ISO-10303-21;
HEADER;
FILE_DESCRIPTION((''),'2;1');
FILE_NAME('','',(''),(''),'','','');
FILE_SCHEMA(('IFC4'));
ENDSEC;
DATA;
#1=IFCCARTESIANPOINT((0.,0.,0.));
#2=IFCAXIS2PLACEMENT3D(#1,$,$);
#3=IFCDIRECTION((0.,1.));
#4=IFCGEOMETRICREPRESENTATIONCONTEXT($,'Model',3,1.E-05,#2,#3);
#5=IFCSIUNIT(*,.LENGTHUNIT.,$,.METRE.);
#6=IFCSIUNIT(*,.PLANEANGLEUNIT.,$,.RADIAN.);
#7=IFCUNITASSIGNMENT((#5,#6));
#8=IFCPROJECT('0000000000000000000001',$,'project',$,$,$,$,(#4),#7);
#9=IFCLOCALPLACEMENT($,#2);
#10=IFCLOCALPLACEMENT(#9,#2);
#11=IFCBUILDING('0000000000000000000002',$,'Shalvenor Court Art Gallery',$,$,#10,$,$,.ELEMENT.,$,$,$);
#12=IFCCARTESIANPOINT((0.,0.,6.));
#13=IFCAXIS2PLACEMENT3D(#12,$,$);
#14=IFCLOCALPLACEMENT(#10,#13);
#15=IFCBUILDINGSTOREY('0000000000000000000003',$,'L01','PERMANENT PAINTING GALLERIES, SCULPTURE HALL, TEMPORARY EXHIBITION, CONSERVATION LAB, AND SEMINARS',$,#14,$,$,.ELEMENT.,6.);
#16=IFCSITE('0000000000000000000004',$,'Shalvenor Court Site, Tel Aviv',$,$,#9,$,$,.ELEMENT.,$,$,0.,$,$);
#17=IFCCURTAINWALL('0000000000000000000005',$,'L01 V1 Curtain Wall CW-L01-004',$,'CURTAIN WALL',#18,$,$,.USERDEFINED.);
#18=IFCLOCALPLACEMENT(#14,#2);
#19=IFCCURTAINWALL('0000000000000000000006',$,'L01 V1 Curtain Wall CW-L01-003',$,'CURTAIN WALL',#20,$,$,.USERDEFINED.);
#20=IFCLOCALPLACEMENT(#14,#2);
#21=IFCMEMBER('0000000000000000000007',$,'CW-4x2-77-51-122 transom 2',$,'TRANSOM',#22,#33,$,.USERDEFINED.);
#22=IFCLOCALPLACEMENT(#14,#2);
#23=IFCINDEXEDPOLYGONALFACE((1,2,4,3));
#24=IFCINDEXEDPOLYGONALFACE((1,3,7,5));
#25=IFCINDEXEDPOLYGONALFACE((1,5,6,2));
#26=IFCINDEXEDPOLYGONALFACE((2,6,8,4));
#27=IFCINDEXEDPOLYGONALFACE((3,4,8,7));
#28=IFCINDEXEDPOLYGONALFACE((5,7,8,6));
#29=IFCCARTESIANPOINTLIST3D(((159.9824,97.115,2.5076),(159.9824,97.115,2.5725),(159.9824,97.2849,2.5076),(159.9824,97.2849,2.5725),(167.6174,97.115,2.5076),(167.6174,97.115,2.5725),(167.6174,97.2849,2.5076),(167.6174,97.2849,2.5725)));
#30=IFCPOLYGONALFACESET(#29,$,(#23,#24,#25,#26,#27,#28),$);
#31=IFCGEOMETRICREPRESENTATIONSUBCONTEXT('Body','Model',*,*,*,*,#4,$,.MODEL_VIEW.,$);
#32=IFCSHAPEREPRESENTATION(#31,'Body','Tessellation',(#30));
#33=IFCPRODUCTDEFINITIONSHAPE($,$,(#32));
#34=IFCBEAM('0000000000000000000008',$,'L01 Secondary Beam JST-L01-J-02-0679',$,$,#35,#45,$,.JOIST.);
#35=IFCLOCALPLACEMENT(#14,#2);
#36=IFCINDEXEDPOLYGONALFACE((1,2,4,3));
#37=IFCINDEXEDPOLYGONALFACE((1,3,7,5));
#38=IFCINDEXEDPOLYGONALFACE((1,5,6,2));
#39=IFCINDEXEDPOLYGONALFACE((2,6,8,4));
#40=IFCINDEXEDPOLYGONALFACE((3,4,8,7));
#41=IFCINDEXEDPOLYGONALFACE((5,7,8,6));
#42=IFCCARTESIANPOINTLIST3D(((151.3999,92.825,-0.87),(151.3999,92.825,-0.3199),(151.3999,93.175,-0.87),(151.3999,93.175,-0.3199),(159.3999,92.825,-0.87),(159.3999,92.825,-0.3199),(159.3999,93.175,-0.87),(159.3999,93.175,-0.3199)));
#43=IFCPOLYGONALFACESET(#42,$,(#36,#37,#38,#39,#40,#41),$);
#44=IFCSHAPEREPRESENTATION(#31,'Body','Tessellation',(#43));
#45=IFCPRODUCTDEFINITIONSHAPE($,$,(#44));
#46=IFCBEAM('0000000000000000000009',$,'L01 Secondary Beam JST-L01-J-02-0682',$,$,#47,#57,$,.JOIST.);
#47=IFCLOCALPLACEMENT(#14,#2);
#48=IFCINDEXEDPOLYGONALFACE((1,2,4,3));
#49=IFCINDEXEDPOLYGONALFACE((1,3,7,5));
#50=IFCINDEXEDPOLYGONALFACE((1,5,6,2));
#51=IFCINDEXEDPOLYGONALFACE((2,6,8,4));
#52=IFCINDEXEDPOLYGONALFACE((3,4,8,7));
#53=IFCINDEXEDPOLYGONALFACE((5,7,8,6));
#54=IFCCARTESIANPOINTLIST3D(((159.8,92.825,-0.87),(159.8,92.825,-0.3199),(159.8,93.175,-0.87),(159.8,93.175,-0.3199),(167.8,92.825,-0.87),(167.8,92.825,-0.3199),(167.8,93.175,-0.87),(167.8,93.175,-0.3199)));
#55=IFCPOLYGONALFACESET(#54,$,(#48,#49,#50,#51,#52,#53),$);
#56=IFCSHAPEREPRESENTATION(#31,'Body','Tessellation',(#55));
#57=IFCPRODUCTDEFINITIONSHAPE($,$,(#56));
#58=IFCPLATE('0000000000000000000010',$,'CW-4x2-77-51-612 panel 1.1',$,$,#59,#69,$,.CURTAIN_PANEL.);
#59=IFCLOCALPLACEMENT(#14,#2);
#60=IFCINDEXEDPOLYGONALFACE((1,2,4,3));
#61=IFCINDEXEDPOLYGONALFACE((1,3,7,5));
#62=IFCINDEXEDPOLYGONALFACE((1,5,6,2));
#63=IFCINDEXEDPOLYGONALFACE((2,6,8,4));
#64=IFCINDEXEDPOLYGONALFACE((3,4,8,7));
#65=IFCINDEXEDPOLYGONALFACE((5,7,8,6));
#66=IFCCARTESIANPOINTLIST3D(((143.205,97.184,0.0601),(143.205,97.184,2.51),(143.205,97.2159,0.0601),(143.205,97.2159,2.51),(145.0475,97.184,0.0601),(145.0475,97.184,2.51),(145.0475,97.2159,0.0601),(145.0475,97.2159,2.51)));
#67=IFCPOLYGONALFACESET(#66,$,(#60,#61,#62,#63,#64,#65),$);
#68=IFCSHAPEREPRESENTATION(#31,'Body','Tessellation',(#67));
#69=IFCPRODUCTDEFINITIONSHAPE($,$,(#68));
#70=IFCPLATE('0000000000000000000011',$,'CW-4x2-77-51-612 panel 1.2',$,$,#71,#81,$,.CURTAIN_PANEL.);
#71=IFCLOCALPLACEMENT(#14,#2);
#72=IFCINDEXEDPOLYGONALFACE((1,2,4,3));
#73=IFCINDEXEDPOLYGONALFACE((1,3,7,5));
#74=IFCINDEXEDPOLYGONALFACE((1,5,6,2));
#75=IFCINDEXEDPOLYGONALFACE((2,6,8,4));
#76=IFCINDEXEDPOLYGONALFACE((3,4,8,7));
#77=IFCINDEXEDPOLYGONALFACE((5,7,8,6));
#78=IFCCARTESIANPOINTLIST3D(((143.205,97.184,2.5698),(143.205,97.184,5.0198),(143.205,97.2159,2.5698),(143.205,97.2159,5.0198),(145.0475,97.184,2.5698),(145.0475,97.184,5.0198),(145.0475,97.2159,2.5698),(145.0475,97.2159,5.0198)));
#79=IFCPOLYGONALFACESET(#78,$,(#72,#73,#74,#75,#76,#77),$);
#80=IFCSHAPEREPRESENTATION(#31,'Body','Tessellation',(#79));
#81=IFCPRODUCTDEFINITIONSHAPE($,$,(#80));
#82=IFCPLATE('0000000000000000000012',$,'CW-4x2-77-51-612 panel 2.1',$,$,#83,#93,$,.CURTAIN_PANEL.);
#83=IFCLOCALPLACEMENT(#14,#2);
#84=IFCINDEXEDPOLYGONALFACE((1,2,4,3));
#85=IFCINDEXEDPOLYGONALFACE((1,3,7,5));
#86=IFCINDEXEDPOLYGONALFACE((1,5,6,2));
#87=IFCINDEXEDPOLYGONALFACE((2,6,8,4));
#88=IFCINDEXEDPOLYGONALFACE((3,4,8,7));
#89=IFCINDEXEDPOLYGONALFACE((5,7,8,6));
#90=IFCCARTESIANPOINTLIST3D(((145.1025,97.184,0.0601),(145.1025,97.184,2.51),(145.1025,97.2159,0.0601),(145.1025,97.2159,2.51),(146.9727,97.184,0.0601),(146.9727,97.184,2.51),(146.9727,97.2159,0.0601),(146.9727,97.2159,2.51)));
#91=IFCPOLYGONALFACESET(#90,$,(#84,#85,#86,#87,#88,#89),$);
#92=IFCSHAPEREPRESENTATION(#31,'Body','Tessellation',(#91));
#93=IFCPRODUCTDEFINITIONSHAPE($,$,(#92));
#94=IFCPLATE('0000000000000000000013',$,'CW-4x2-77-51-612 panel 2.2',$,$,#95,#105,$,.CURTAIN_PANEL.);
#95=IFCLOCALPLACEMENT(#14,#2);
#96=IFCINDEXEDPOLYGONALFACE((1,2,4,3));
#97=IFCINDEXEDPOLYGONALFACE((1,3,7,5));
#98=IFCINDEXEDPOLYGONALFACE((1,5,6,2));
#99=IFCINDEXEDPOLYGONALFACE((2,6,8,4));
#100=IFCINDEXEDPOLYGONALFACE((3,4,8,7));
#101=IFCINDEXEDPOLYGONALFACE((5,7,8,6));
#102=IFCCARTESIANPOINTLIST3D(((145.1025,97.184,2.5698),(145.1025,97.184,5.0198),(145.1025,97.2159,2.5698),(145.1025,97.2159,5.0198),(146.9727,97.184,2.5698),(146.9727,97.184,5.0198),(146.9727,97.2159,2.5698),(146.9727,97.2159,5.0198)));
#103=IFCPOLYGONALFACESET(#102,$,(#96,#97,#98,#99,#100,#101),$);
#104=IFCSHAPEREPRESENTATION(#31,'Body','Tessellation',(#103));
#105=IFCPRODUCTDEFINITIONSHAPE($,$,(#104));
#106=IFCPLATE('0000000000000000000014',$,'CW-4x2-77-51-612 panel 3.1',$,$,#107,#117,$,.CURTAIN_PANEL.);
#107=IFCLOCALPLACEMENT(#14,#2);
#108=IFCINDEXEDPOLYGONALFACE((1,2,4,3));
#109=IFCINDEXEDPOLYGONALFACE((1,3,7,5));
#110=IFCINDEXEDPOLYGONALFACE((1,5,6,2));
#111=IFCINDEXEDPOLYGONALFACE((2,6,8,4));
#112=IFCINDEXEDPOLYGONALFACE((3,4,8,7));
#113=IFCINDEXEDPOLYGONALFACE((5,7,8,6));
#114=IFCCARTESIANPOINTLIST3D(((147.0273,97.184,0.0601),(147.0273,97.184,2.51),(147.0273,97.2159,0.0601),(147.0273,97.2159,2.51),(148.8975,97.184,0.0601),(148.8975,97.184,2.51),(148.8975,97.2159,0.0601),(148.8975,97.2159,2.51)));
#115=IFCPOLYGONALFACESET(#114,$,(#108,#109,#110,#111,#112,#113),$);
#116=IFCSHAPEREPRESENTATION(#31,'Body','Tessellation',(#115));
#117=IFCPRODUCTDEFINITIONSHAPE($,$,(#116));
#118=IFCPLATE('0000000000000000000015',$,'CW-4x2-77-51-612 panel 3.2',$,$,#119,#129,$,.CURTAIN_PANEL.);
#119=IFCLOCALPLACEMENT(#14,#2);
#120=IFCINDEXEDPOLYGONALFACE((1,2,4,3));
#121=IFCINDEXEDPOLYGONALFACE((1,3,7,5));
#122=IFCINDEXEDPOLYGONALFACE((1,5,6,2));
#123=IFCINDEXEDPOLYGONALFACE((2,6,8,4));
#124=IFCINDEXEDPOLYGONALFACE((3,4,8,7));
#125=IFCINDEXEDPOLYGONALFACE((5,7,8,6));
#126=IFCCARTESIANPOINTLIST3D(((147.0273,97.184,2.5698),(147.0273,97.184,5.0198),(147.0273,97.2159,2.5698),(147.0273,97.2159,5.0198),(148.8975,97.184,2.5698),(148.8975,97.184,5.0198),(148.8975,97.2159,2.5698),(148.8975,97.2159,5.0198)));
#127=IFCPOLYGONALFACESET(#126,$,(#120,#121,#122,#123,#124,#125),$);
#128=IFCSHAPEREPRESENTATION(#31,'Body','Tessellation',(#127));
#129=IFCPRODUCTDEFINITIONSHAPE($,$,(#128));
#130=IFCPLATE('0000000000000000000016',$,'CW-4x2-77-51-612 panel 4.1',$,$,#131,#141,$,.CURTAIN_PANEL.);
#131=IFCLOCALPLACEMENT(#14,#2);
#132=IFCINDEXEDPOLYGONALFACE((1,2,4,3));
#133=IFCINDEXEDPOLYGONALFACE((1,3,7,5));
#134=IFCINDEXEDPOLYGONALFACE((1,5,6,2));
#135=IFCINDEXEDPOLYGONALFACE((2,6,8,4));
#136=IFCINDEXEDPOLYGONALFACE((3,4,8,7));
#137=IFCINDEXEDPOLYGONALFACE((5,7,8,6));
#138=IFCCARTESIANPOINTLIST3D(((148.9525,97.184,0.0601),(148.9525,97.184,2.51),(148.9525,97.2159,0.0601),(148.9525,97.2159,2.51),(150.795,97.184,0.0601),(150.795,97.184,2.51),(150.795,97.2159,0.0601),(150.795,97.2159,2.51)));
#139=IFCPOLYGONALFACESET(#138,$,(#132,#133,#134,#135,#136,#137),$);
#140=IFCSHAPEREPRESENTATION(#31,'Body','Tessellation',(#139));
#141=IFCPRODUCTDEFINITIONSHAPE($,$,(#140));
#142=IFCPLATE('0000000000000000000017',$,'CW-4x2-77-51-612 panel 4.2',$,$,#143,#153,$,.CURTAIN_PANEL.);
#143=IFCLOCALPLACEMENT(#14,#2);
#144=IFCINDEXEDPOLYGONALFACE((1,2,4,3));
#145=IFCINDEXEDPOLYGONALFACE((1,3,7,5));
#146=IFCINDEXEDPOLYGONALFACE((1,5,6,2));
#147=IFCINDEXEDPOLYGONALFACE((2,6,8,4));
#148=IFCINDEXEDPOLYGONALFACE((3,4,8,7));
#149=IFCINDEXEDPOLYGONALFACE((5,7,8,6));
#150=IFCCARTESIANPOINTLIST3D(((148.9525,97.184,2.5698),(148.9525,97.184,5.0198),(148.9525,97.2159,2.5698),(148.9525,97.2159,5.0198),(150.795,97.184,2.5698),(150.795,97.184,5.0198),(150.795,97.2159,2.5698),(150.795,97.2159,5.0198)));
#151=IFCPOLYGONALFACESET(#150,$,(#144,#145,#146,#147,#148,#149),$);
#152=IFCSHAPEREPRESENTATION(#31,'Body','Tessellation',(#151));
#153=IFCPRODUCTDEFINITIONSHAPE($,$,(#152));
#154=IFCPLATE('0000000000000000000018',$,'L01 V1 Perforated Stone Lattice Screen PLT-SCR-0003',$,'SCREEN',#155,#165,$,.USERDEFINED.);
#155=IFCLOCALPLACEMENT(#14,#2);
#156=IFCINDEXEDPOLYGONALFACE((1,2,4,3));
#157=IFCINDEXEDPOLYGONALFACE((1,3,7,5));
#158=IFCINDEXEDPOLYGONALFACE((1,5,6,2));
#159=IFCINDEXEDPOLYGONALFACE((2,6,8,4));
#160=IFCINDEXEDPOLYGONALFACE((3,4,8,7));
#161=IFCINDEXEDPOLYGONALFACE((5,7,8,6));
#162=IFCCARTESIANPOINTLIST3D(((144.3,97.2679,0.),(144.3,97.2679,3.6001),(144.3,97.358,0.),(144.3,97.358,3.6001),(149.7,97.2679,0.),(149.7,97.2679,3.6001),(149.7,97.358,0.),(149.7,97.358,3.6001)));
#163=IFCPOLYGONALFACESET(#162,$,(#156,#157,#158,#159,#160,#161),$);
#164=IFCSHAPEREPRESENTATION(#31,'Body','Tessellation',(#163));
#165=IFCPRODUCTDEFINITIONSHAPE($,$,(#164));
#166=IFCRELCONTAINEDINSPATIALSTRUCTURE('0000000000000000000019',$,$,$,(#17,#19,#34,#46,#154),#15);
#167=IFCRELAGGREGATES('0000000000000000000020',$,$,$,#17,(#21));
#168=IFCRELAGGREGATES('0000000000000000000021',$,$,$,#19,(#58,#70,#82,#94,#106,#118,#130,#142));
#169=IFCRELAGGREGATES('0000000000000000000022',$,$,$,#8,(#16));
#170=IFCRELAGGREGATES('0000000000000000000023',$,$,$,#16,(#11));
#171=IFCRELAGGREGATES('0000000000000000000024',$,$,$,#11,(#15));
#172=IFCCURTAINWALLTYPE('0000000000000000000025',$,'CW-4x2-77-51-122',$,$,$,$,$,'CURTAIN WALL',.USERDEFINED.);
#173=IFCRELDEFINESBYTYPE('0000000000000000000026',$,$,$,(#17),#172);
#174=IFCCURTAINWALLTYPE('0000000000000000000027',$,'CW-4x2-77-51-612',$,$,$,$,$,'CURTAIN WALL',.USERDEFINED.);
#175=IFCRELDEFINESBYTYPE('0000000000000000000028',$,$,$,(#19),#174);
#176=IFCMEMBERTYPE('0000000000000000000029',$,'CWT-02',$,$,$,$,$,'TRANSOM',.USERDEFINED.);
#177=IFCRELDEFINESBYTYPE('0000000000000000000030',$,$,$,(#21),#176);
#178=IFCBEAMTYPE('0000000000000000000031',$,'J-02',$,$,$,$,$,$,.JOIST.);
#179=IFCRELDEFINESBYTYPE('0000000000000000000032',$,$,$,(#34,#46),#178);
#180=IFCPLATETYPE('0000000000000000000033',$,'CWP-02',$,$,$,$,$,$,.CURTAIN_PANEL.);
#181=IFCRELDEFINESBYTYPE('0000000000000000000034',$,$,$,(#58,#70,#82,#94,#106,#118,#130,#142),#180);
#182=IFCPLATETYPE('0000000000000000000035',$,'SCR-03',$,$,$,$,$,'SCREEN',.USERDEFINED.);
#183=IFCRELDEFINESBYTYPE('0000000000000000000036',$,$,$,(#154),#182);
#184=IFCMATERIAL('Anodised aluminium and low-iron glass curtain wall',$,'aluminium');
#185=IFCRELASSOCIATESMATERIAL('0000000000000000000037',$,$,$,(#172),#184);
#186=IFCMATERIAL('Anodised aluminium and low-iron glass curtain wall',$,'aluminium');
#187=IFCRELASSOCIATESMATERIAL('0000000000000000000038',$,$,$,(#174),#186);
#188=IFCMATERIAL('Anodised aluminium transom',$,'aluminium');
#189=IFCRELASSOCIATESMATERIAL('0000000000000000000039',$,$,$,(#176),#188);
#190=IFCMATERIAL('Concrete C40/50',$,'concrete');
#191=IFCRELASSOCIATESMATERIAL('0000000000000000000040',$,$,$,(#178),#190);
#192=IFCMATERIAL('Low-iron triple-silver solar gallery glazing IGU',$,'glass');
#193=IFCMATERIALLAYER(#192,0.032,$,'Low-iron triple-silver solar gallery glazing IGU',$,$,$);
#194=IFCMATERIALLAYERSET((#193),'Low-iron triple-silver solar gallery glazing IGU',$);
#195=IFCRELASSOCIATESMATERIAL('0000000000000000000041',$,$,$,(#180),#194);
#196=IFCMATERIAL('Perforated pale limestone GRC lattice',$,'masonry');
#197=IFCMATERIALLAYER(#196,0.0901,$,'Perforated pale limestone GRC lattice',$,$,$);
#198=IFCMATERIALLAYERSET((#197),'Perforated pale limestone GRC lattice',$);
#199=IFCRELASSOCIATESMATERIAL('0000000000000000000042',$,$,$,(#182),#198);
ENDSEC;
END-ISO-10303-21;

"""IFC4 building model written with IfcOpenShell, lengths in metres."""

from ifc_helpers import new_model, si_unit, direction, frame, origin, origin_2d, place, context, subcontext, project, spatial, rectangle, extrude, material, layer, layer_set, material_profile, profile_set, type_object, element, aggregate, save


model = new_model("IFC4")

# Units and contexts
model_context = context("Model", 3, precision=1e-05, world=origin(), true_north=direction((0.0, 1.0)))
body_context = subcontext(model_context, "Body", "Model", "MODEL_VIEW")
ifc_project = project(units=[si_unit("LENGTHUNIT", "METRE"), si_unit("PLANEANGLEUNIT", "RADIAN")], contexts=[model_context])

# Site, building, storey
site_placement = place(None, origin())
site = spatial("IfcSite", under=ifc_project, at=site_placement, Name="Shalvenor Court Site, Tel Aviv", CompositionType="ELEMENT", RefElevation=0.0)
building_placement = place(site_placement, origin())
building = spatial("IfcBuilding", under=site, at=building_placement, Name="Shalvenor Court Art Gallery", CompositionType="ELEMENT")
storey_placement = place(building_placement, frame((0.0, 0.0, 6.0)))
storey = spatial("IfcBuildingStorey", under=building, at=storey_placement, Name="L01", Description="PERMANENT PAINTING GALLERIES, SCULPTURE HALL, TEMPORARY EXHIBITION, CONSERVATION LAB, AND SEMINARS", CompositionType="ELEMENT", Elevation=6.0)

# Curtain wall
ifc_material_1 = material(Name="Anodised aluminium and low-iron glass curtain wall", Category="aluminium")
curtain_wall_type_1 = type_object("IfcCurtainWallType", Name="CW-4x2-77-51-122", ElementType="CURTAIN WALL", PredefinedType="USERDEFINED", material=ifc_material_1)
curtain_wall_1_placement = place(storey_placement, origin())
curtain_wall_1 = element("IfcCurtainWall", 1, at=curtain_wall_1_placement, inside=storey, type_object=curtain_wall_type_1, Name="L01 V1 Curtain Wall CW-L01-004", ObjectType="CURTAIN WALL", PredefinedType="USERDEFINED")

# Curtain wall
ifc_material_2 = material(Name="Anodised aluminium and low-iron glass curtain wall", Category="aluminium")
curtain_wall_type_2 = type_object("IfcCurtainWallType", Name="CW-4x2-77-51-612", ElementType="CURTAIN WALL", PredefinedType="USERDEFINED", material=ifc_material_2)
curtain_wall_2_placement = place(storey_placement, origin())
curtain_wall_2 = element("IfcCurtainWall", 2, at=curtain_wall_2_placement, inside=storey, type_object=curtain_wall_type_2, Name="L01 V1 Curtain Wall CW-L01-003", ObjectType="CURTAIN WALL", PredefinedType="USERDEFINED")

# Member
ifc_material_3 = material(Name="Anodised aluminium transom", Category="aluminium")
ifc_material_profile_1 = material_profile(ifc_material_3, rectangle(XDim=0.1699, YDim=0.0649, at=origin_2d()), Name="CWT-02")
ifc_profile_set_1 = profile_set([ifc_material_profile_1], Name="Anodised aluminium transom")
member_type_1 = type_object("IfcMemberType", Name="CWT-02", ElementType="TRANSOM", PredefinedType="USERDEFINED", material=ifc_profile_set_1)
member_1_placement = place(storey_placement, frame((159.9824, 97.2, 2.54), z_axis=(1.0, 0.0, 0.0), x_axis=(0.0, 1.0, 0.0)))
member_1 = element("IfcMember", 3, at=member_1_placement, type_object=member_type_1, Name="CW-4x2-77-51-122 transom 2", ObjectType="TRANSOM", PredefinedType="USERDEFINED", context=body_context, shape_type="SweptSolid", body=[
    extrude(rectangle(XDim=0.1699, YDim=0.0649, at=origin_2d()), origin(), (0.0, 0.0, 1.0), 7.635),
])
aggregate(curtain_wall_1, [member_1])

# Beams
ifc_material_4 = material(Name="Concrete C40/50", Category="concrete")
ifc_material_profile_2 = material_profile(ifc_material_4, rectangle(XDim=0.3501, YDim=0.55, at=origin_2d()), Name="RC 350x550")
ifc_profile_set_2 = profile_set([ifc_material_profile_2], Name="Concrete C40/50")
beam_type_1 = type_object("IfcBeamType", Name="J-02", PredefinedType="JOIST", material=ifc_profile_set_2)
for number, where, z_axis, x_axis, name in (
    (4, (151.3999, 93.0, -0.595), (1.0, 0.0, 0.0), (0.0, 1.0, 0.0), "L01 Secondary Beam JST-L01-J-02-0679"),
    (5, (159.8, 93.0, -0.595), (1.0, 0.0, 0.0), (0.0, 1.0, 0.0), "L01 Secondary Beam JST-L01-J-02-0682"),
):
    element("IfcBeam", number, at=place(storey_placement, frame(where, z_axis=z_axis, x_axis=x_axis)), inside=storey, type_object=beam_type_1, Name=name, PredefinedType="JOIST", context=body_context, shape_type="SweptSolid", body=[
        extrude(rectangle(XDim=0.3501, YDim=0.55, at=origin_2d()), origin(), (0.0, 0.0, 1.0), 8.0),
    ])

# Plates
ifc_material_5 = material(Name="Low-iron triple-silver solar gallery glazing IGU", Category="glass")
ifc_layer_1 = layer(ifc_material_5, 0.032, Name="Low-iron triple-silver solar gallery glazing IGU")
ifc_layer_set_1 = layer_set([ifc_layer_1], Name="Low-iron triple-silver solar gallery glazing IGU")
plate_type_1 = type_object("IfcPlateType", Name="CWP-02", PredefinedType="CURTAIN_PANEL", material=ifc_layer_set_1)
plate_1_placement = place(storey_placement, frame((144.1262, 97.2, 0.0601), z_axis=(0.0, 0.0, 1.0), x_axis=(1.0, 0.0, 0.0)))
plate_1 = element("IfcPlate", 6, at=plate_1_placement, type_object=plate_type_1, Name="CW-4x2-77-51-612 panel 1.1", PredefinedType="CURTAIN_PANEL", context=body_context, shape_type="SweptSolid", body=[
    extrude(rectangle(XDim=1.8425, YDim=0.032, at=origin_2d()), origin(), (0.0, 0.0, 1.0), 2.45),
])
plate_2_placement = place(storey_placement, frame((144.1262, 97.2, 2.5698), z_axis=(0.0, 0.0, 1.0), x_axis=(1.0, 0.0, 0.0)))
plate_2 = element("IfcPlate", 7, at=plate_2_placement, type_object=plate_type_1, Name="CW-4x2-77-51-612 panel 1.2", PredefinedType="CURTAIN_PANEL", context=body_context, shape_type="SweptSolid", body=[
    extrude(rectangle(XDim=1.8425, YDim=0.032, at=origin_2d()), origin(), (0.0, 0.0, 1.0), 2.45),
])
plate_3_placement = place(storey_placement, frame((146.0376, 97.2, 0.0601), z_axis=(0.0, 0.0, 1.0), x_axis=(1.0, 0.0, 0.0)))
plate_3 = element("IfcPlate", 8, at=plate_3_placement, type_object=plate_type_1, Name="CW-4x2-77-51-612 panel 2.1", PredefinedType="CURTAIN_PANEL", context=body_context, shape_type="SweptSolid", body=[
    extrude(rectangle(XDim=1.8701, YDim=0.032, at=origin_2d()), origin(), (0.0, 0.0, 1.0), 2.45),
])
plate_4_placement = place(storey_placement, frame((146.0376, 97.2, 2.5698), z_axis=(0.0, 0.0, 1.0), x_axis=(1.0, 0.0, 0.0)))
plate_4 = element("IfcPlate", 9, at=plate_4_placement, type_object=plate_type_1, Name="CW-4x2-77-51-612 panel 2.2", PredefinedType="CURTAIN_PANEL", context=body_context, shape_type="SweptSolid", body=[
    extrude(rectangle(XDim=1.8701, YDim=0.032, at=origin_2d()), origin(), (0.0, 0.0, 1.0), 2.45),
])
plate_5_placement = place(storey_placement, frame((147.9624, 97.2, 0.0601), z_axis=(0.0, 0.0, 1.0), x_axis=(1.0, 0.0, 0.0)))
plate_5 = element("IfcPlate", 10, at=plate_5_placement, type_object=plate_type_1, Name="CW-4x2-77-51-612 panel 3.1", PredefinedType="CURTAIN_PANEL", context=body_context, shape_type="SweptSolid", body=[
    extrude(rectangle(XDim=1.8701, YDim=0.032, at=origin_2d()), origin(), (0.0, 0.0, 1.0), 2.45),
])
plate_6_placement = place(storey_placement, frame((147.9624, 97.2, 2.5698), z_axis=(0.0, 0.0, 1.0), x_axis=(1.0, 0.0, 0.0)))
plate_6 = element("IfcPlate", 11, at=plate_6_placement, type_object=plate_type_1, Name="CW-4x2-77-51-612 panel 3.2", PredefinedType="CURTAIN_PANEL", context=body_context, shape_type="SweptSolid", body=[
    extrude(rectangle(XDim=1.8701, YDim=0.032, at=origin_2d()), origin(), (0.0, 0.0, 1.0), 2.45),
])
plate_7_placement = place(storey_placement, frame((149.8738, 97.2, 0.0601), z_axis=(0.0, 0.0, 1.0), x_axis=(1.0, 0.0, 0.0)))
plate_7 = element("IfcPlate", 12, at=plate_7_placement, type_object=plate_type_1, Name="CW-4x2-77-51-612 panel 4.1", PredefinedType="CURTAIN_PANEL", context=body_context, shape_type="SweptSolid", body=[
    extrude(rectangle(XDim=1.8425, YDim=0.032, at=origin_2d()), origin(), (0.0, 0.0, 1.0), 2.45),
])
plate_8_placement = place(storey_placement, frame((149.8738, 97.2, 2.5698), z_axis=(0.0, 0.0, 1.0), x_axis=(1.0, 0.0, 0.0)))
plate_8 = element("IfcPlate", 13, at=plate_8_placement, type_object=plate_type_1, Name="CW-4x2-77-51-612 panel 4.2", PredefinedType="CURTAIN_PANEL", context=body_context, shape_type="SweptSolid", body=[
    extrude(rectangle(XDim=1.8425, YDim=0.032, at=origin_2d()), origin(), (0.0, 0.0, 1.0), 2.45),
])
aggregate(curtain_wall_2, [plate_1, plate_2, plate_3, plate_4, plate_5, plate_6, plate_7, plate_8])
ifc_material_6 = material(Name="Perforated pale limestone GRC lattice", Category="masonry")
ifc_layer_2 = layer(ifc_material_6, 0.0901, Name="Perforated pale limestone GRC lattice")
ifc_layer_set_2 = layer_set([ifc_layer_2], Name="Perforated pale limestone GRC lattice")
plate_type_2 = type_object("IfcPlateType", Name="SCR-03", ElementType="SCREEN", PredefinedType="USERDEFINED", material=ifc_layer_set_2)
plate_9_placement = place(storey_placement, frame((147.0, 97.313, 0.0), z_axis=(0.0, 0.0, 1.0), x_axis=(1.0, 0.0, 0.0)))
element("IfcPlate", 14, at=plate_9_placement, inside=storey, type_object=plate_type_2, Name="L01 V1 Perforated Stone Lattice Screen PLT-SCR-0003", ObjectType="SCREEN", PredefinedType="USERDEFINED", context=body_context, shape_type="SweptSolid", body=[
    extrude(rectangle(XDim=5.3999, YDim=0.0901, at=origin_2d()), origin(), (0.0, 0.0, 1.0), 3.6001),
])

save(model, "model.ifc")
